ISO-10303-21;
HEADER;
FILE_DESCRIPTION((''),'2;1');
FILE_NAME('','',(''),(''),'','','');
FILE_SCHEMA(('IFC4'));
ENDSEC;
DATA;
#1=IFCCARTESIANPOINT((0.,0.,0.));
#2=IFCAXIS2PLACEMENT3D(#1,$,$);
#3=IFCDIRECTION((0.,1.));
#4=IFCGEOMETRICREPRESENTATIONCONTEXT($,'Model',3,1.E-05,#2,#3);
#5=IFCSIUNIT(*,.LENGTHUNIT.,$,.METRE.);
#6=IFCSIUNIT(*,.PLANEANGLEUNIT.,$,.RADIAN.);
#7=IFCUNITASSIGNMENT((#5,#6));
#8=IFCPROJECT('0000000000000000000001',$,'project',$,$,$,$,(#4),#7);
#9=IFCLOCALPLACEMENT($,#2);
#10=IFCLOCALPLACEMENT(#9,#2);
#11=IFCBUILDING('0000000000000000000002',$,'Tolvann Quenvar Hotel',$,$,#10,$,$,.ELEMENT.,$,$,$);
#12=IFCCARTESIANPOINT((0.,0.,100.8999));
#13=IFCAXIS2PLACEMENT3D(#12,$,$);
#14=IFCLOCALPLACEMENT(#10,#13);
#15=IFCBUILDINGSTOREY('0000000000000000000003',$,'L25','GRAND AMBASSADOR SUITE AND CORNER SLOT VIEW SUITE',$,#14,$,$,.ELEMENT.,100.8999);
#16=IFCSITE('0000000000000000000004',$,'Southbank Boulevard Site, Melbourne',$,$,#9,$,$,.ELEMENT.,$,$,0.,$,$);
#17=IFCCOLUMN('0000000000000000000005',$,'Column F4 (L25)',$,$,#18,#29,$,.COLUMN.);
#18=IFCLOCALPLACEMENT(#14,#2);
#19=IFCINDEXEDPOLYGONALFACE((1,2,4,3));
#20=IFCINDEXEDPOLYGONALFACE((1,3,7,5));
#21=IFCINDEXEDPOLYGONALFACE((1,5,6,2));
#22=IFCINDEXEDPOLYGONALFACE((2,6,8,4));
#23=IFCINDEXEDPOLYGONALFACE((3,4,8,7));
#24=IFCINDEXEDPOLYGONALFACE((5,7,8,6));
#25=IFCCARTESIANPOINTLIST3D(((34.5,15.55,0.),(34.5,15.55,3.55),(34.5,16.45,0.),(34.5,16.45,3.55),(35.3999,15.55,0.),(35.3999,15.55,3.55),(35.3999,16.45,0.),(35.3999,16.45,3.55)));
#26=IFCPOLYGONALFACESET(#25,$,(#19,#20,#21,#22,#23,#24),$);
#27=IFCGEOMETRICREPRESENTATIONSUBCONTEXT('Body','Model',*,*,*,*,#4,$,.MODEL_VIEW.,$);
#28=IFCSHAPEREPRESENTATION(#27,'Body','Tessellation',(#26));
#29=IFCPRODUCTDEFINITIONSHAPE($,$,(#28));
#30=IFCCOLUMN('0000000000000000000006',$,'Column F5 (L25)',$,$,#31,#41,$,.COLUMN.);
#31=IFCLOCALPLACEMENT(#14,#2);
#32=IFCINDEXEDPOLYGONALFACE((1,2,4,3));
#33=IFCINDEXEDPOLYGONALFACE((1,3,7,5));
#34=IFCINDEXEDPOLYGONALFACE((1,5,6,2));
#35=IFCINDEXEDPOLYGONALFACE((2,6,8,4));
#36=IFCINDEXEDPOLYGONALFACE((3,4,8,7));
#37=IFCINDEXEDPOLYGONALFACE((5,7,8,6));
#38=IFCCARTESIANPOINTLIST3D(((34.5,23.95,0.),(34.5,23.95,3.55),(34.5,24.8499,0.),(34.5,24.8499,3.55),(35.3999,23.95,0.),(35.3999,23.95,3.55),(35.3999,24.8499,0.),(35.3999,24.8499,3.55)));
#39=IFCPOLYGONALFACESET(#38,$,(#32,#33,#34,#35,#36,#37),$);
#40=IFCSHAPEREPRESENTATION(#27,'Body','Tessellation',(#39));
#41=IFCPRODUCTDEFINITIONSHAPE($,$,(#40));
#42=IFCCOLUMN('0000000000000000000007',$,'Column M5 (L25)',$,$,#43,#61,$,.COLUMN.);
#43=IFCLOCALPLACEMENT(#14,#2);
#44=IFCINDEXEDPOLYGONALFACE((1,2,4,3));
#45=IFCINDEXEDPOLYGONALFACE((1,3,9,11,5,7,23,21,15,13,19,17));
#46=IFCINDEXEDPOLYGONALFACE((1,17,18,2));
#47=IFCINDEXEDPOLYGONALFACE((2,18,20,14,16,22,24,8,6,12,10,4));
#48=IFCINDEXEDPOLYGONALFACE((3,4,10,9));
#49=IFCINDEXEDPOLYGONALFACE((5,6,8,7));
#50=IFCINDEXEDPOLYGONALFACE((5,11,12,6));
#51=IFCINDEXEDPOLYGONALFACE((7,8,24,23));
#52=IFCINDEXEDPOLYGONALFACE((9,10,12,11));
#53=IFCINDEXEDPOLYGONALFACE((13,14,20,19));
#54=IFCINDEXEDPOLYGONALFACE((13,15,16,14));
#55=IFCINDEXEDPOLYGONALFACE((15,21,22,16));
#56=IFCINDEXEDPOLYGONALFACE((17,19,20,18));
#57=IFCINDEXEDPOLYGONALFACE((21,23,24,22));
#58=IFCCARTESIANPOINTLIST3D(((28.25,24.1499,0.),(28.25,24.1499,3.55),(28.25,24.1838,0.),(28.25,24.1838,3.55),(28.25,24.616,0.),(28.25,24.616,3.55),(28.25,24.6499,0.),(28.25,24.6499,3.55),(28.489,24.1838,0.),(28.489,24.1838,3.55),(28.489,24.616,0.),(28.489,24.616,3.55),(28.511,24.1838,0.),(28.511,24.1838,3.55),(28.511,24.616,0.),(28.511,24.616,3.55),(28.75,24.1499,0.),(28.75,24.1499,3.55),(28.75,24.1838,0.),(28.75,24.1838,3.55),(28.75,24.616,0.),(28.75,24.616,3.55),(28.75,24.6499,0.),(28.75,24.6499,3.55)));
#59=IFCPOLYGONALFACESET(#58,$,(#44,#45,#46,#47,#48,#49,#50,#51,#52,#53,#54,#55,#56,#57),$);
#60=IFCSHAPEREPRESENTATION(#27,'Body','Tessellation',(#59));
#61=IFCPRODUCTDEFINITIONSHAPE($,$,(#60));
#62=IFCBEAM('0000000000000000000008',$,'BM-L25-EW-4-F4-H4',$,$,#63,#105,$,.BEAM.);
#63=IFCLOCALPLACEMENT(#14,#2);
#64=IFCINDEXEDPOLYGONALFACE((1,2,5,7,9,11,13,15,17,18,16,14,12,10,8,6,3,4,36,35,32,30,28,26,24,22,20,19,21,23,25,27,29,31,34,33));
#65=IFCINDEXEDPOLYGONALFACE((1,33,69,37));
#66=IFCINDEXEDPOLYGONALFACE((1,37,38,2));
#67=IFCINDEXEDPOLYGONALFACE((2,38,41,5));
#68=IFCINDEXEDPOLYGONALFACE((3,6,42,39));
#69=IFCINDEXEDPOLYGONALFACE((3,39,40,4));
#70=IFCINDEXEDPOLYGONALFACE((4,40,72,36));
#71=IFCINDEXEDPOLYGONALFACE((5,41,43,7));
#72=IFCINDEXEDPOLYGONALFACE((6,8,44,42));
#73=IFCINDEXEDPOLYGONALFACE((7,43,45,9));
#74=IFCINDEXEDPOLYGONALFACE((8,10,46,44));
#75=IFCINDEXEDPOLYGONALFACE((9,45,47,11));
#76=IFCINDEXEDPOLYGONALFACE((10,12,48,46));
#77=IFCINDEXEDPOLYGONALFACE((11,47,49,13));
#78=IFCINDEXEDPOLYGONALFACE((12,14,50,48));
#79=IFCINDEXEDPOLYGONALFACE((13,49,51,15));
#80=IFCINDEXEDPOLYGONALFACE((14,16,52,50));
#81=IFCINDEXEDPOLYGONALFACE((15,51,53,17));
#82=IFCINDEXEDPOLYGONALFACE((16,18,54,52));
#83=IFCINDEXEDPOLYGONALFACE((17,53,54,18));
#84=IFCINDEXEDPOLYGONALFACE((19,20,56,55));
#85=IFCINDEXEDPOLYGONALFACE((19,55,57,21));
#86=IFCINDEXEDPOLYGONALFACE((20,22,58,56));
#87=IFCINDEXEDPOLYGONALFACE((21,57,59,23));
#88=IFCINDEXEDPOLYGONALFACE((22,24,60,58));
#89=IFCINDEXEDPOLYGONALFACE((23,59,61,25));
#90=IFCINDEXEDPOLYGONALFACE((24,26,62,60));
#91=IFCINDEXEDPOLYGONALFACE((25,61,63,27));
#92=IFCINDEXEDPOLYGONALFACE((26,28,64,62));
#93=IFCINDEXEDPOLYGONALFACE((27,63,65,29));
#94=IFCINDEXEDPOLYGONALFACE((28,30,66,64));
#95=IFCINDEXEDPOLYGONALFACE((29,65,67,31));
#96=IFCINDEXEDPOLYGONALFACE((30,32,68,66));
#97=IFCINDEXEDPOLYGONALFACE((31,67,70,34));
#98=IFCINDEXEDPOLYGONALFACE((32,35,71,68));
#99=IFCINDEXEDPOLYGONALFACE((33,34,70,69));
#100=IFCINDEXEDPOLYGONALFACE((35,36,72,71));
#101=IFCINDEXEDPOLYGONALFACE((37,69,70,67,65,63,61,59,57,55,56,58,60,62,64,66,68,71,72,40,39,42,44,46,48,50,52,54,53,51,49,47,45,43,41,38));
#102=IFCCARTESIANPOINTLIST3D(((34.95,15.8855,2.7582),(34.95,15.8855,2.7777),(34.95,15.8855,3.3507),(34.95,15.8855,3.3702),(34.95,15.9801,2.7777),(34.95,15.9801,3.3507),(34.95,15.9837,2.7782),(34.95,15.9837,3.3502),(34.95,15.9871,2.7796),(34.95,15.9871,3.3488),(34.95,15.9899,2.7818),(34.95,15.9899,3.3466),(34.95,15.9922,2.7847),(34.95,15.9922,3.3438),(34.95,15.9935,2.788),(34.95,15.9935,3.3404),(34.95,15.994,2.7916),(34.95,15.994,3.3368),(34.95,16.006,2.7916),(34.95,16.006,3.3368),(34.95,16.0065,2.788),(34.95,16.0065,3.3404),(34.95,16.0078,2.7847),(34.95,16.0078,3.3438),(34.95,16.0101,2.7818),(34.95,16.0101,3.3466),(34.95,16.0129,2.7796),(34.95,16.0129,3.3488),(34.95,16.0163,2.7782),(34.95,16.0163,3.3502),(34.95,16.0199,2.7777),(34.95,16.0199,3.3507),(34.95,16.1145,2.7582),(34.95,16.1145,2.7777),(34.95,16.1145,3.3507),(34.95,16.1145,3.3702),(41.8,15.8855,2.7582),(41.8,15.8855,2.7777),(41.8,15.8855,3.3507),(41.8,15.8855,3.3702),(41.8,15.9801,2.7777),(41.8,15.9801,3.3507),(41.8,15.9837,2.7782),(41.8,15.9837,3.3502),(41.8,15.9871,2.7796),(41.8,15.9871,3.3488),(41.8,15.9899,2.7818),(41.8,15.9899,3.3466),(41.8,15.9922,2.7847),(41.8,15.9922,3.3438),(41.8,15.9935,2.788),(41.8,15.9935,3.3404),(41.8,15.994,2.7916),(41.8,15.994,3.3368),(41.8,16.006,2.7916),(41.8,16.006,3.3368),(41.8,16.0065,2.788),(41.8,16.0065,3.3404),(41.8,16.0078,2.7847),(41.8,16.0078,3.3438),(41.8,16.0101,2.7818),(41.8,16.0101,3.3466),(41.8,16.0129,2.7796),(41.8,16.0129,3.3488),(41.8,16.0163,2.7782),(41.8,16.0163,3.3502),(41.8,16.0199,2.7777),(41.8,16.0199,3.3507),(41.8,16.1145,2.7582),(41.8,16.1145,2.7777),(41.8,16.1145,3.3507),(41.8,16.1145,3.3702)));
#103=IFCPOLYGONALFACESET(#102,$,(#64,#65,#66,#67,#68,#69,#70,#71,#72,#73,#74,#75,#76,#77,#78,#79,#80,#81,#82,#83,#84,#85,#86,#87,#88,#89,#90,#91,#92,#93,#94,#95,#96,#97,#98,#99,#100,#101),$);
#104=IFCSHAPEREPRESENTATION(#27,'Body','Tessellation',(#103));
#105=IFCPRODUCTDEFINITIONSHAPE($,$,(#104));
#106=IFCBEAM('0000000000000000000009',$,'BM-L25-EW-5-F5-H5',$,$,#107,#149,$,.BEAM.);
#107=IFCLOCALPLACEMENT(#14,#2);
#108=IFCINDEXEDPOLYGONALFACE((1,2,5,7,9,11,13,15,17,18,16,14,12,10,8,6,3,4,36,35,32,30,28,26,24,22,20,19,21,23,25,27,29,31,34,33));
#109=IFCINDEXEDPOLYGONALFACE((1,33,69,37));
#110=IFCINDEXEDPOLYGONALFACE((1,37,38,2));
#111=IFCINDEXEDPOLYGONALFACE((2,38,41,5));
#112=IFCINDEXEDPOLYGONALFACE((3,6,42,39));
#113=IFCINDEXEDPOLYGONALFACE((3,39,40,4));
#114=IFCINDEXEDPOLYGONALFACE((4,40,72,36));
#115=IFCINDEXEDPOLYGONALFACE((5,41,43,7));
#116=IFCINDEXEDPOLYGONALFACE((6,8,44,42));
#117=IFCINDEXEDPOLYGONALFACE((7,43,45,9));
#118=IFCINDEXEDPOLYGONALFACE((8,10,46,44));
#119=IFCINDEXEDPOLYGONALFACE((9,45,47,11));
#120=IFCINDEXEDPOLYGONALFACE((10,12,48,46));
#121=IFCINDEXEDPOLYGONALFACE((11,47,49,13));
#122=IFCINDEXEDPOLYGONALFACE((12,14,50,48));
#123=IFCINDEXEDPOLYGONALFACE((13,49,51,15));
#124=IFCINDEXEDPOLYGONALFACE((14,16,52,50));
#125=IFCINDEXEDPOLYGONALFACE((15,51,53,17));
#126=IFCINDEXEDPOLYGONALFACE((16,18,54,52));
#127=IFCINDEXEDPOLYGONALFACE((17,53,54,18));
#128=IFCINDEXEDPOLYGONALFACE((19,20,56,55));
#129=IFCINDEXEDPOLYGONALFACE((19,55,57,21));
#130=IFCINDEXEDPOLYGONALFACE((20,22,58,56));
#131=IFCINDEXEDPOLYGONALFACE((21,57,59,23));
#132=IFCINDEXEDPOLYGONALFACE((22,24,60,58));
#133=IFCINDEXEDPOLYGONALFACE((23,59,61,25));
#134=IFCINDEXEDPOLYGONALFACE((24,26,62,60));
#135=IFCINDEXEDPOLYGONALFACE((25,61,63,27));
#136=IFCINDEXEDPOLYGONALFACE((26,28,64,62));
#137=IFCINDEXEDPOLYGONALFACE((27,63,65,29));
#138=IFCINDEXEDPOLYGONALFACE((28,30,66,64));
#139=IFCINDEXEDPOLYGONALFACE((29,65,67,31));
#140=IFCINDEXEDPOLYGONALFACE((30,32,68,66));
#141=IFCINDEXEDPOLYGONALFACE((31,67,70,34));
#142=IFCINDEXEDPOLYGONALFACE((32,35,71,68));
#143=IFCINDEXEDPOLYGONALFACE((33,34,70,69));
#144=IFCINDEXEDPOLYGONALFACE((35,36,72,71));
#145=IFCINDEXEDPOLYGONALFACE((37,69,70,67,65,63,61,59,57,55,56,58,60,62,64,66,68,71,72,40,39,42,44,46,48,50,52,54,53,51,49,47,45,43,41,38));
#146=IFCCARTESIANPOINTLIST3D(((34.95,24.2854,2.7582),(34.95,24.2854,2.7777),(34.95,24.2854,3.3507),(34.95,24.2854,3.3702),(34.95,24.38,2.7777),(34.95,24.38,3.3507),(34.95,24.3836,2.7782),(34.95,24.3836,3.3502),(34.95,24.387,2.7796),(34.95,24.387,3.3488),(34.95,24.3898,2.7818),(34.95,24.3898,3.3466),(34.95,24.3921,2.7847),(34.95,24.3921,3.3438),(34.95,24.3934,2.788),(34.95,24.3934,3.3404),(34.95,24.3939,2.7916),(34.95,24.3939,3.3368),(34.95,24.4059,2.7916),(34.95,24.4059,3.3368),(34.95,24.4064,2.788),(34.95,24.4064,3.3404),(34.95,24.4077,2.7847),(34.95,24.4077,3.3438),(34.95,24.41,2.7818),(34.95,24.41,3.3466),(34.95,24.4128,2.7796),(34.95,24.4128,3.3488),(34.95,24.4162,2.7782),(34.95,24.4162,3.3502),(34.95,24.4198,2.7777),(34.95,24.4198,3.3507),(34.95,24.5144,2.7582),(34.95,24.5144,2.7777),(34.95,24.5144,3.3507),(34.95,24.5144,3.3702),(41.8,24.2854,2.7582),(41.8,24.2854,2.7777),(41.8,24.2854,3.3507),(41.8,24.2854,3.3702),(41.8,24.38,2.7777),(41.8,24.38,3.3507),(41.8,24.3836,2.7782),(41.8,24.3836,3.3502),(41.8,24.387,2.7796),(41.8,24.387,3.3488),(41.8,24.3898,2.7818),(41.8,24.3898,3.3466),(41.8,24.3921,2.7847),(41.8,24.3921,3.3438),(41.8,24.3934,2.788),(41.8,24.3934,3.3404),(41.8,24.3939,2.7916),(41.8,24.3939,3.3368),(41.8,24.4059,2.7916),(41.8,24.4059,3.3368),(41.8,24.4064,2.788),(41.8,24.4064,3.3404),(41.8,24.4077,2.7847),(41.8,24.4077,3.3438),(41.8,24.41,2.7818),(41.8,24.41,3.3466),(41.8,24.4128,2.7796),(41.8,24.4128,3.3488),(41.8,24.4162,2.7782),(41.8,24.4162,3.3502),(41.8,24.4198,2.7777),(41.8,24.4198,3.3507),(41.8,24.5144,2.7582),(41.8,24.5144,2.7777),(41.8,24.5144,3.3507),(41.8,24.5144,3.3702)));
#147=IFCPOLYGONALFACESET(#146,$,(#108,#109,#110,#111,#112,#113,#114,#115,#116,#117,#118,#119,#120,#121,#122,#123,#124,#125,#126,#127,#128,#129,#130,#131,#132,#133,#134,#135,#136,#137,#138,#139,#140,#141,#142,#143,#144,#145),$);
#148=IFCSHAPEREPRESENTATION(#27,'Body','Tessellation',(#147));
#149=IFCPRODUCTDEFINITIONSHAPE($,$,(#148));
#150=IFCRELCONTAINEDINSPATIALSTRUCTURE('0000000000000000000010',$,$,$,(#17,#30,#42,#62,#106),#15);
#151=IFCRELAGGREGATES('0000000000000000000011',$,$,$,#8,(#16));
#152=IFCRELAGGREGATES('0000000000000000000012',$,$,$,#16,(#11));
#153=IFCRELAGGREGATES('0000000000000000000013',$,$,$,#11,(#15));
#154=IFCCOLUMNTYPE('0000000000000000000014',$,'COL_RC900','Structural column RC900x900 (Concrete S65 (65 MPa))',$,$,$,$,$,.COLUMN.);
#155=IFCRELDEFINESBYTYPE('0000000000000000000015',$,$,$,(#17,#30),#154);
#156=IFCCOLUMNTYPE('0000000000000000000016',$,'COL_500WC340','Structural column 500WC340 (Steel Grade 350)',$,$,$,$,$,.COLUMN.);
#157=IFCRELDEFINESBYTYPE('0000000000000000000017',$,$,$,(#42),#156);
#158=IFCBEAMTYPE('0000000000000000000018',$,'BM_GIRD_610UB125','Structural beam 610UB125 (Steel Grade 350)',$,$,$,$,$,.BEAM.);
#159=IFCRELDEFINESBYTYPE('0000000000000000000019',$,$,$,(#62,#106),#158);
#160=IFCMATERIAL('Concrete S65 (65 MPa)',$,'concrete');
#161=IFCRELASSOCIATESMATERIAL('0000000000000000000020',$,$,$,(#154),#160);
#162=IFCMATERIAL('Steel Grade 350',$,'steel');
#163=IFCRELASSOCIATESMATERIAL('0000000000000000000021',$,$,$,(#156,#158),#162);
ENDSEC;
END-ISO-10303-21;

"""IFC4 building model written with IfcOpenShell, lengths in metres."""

from ifc_helpers import new_model, si_unit, direction, frame, origin, origin_2d, place, context, subcontext, project, spatial, rectangle, i_section, extrude, source, transform, mapped, material, material_profile, profile_set, type_object, type_shapes, element, save


model = new_model("IFC4")

# Units and contexts
model_context = context("Model", 3, precision=1e-05, world=origin(), true_north=direction((0.0, 1.0)))
body_context = subcontext(model_context, "Body", "Model", "MODEL_VIEW")
ifc_project = project(units=[si_unit("LENGTHUNIT", "METRE"), si_unit("PLANEANGLEUNIT", "RADIAN")], contexts=[model_context])

# Site, building, storey
site_placement = place(None, origin())
site = spatial("IfcSite", under=ifc_project, at=site_placement, Name="Southbank Boulevard Site, Melbourne", CompositionType="ELEMENT", RefElevation=0.0)
building_placement = place(site_placement, origin())
building = spatial("IfcBuilding", under=site, at=building_placement, Name="Tolvann Quenvar Hotel", CompositionType="ELEMENT")
storey_placement = place(building_placement, frame((0.0, 0.0, 100.8999)))
storey = spatial("IfcBuildingStorey", under=building, at=storey_placement, Name="L25", Description="GRAND AMBASSADOR SUITE AND CORNER SLOT VIEW SUITE", CompositionType="ELEMENT", Elevation=100.8999)

# Columns
ifc_material_1 = material(Name="Concrete S65 (65 MPa)", Category="concrete")
ifc_material_profile_1 = material_profile(ifc_material_1, rectangle(XDim=0.8999, YDim=0.8999, at=origin_2d()), Name="RC900x900")
ifc_profile_set_1 = profile_set([ifc_material_profile_1], Name="Concrete S65 (65 MPa)")
column_type_1 = type_object("IfcColumnType", Name="COL_RC900", Description="Structural column RC900x900 (Concrete S65 (65 MPa))", PredefinedType="COLUMN", material=ifc_profile_set_1)
shared_shape_1 = source(origin(), body_context, "Body", "SweptSolid", [
    extrude(rectangle(XDim=0.8999, YDim=0.8999, at=origin_2d()), origin(), (0.0, 0.0, 1.0), 3.55),
])
type_shapes(column_type_1, [shared_shape_1])
for number, where, z_axis, x_axis, name in (
    (1, (34.95, 16.0, 0.0), (0.0, 0.0, 1.0), (1.0, 0.0, 0.0), "Column F4 (L25)"),
    (2, (34.95, 24.3999, 0.0), (0.0, 0.0, 1.0), (1.0, 0.0, 0.0), "Column F5 (L25)"),
):
    element("IfcColumn", number, at=place(storey_placement, frame(where, z_axis=z_axis, x_axis=x_axis)), inside=storey, type_object=column_type_1, Name=name, PredefinedType="COLUMN", context=body_context, shape_type="MappedRepresentation", body=[
        mapped(shared_shape_1, transform((0.0, 0.0, 0.0), x_axis=(1.0, 0.0, 0.0), y_axis=(0.0, 1.0, 0.0), z_axis=(0.0, 0.0, 1.0), scale=1.0)),
    ])
ifc_material_2 = material(Name="Steel Grade 350", Category="steel")
ifc_material_profile_2 = material_profile(ifc_material_2, i_section(OverallWidth=0.5, OverallDepth=0.5, WebThickness=0.022, FlangeThickness=0.0339, at=origin_2d()), Name="500WC340")
ifc_profile_set_2 = profile_set([ifc_material_profile_2], Name="Steel Grade 350")
column_type_2 = type_object("IfcColumnType", Name="COL_500WC340", Description="Structural column 500WC340 (Steel Grade 350)", PredefinedType="COLUMN", material=ifc_profile_set_2)
shared_shape_2 = source(origin(), body_context, "Body", "SweptSolid", [
    extrude(i_section(OverallWidth=0.5, OverallDepth=0.5, WebThickness=0.022, FlangeThickness=0.0339, at=origin_2d()), origin(), (0.0, 0.0, 1.0), 3.55),
])
type_shapes(column_type_2, [shared_shape_2])
column_placement = place(storey_placement, frame((28.5, 24.3999, 0.0), z_axis=(0.0, 0.0, 1.0), x_axis=(1.0, 0.0, 0.0)))
element("IfcColumn", 3, at=column_placement, inside=storey, type_object=column_type_2, Name="Column M5 (L25)", PredefinedType="COLUMN", context=body_context, shape_type="MappedRepresentation", body=[
    mapped(shared_shape_2, transform((0.0, 0.0, 0.0), x_axis=(1.0, 0.0, 0.0), y_axis=(0.0, 1.0, 0.0), z_axis=(0.0, 0.0, 1.0), scale=1.0)),
])

# Beams
ifc_material_profile_3 = material_profile(ifc_material_2, i_section(OverallWidth=0.229, OverallDepth=0.6121, WebThickness=0.012, FlangeThickness=0.0195, FilletRadius=0.0139, at=origin_2d()), Name="610UB125")
ifc_profile_set_3 = profile_set([ifc_material_profile_3], Name="Steel Grade 350")
beam_type_1 = type_object("IfcBeamType", Name="BM_GIRD_610UB125", Description="Structural beam 610UB125 (Steel Grade 350)", PredefinedType="BEAM", material=ifc_profile_set_3)
shared_shape_3 = source(origin(), body_context, "Body", "SweptSolid", [
    extrude(i_section(OverallWidth=0.229, OverallDepth=0.6121, WebThickness=0.012, FlangeThickness=0.0195, FilletRadius=0.0139, at=origin_2d()), origin(), (0.0, 0.0, 1.0), 6.8501),
])
for number, where, z_axis, x_axis, name in (
    (4, (34.95, 16.0, 3.0642), (1.0, 0.0, 0.0), (0.0, 1.0, 0.0), "BM-L25-EW-4-F4-H4"),
    (5, (34.95, 24.3999, 3.0642), (1.0, 0.0, 0.0), (0.0, 1.0, 0.0), "BM-L25-EW-5-F5-H5"),
):
    element("IfcBeam", number, at=place(storey_placement, frame(where, z_axis=z_axis, x_axis=x_axis)), inside=storey, type_object=beam_type_1, Name=name, PredefinedType="BEAM", context=body_context, shape_type="MappedRepresentation", body=[
        mapped(shared_shape_3, transform((0.0, 0.0, 0.0), x_axis=(1.0, 0.0, 0.0), y_axis=(0.0, 1.0, 0.0), z_axis=(0.0, 0.0, 1.0), scale=1.0)),
    ])

save(model, "model.ifc")
